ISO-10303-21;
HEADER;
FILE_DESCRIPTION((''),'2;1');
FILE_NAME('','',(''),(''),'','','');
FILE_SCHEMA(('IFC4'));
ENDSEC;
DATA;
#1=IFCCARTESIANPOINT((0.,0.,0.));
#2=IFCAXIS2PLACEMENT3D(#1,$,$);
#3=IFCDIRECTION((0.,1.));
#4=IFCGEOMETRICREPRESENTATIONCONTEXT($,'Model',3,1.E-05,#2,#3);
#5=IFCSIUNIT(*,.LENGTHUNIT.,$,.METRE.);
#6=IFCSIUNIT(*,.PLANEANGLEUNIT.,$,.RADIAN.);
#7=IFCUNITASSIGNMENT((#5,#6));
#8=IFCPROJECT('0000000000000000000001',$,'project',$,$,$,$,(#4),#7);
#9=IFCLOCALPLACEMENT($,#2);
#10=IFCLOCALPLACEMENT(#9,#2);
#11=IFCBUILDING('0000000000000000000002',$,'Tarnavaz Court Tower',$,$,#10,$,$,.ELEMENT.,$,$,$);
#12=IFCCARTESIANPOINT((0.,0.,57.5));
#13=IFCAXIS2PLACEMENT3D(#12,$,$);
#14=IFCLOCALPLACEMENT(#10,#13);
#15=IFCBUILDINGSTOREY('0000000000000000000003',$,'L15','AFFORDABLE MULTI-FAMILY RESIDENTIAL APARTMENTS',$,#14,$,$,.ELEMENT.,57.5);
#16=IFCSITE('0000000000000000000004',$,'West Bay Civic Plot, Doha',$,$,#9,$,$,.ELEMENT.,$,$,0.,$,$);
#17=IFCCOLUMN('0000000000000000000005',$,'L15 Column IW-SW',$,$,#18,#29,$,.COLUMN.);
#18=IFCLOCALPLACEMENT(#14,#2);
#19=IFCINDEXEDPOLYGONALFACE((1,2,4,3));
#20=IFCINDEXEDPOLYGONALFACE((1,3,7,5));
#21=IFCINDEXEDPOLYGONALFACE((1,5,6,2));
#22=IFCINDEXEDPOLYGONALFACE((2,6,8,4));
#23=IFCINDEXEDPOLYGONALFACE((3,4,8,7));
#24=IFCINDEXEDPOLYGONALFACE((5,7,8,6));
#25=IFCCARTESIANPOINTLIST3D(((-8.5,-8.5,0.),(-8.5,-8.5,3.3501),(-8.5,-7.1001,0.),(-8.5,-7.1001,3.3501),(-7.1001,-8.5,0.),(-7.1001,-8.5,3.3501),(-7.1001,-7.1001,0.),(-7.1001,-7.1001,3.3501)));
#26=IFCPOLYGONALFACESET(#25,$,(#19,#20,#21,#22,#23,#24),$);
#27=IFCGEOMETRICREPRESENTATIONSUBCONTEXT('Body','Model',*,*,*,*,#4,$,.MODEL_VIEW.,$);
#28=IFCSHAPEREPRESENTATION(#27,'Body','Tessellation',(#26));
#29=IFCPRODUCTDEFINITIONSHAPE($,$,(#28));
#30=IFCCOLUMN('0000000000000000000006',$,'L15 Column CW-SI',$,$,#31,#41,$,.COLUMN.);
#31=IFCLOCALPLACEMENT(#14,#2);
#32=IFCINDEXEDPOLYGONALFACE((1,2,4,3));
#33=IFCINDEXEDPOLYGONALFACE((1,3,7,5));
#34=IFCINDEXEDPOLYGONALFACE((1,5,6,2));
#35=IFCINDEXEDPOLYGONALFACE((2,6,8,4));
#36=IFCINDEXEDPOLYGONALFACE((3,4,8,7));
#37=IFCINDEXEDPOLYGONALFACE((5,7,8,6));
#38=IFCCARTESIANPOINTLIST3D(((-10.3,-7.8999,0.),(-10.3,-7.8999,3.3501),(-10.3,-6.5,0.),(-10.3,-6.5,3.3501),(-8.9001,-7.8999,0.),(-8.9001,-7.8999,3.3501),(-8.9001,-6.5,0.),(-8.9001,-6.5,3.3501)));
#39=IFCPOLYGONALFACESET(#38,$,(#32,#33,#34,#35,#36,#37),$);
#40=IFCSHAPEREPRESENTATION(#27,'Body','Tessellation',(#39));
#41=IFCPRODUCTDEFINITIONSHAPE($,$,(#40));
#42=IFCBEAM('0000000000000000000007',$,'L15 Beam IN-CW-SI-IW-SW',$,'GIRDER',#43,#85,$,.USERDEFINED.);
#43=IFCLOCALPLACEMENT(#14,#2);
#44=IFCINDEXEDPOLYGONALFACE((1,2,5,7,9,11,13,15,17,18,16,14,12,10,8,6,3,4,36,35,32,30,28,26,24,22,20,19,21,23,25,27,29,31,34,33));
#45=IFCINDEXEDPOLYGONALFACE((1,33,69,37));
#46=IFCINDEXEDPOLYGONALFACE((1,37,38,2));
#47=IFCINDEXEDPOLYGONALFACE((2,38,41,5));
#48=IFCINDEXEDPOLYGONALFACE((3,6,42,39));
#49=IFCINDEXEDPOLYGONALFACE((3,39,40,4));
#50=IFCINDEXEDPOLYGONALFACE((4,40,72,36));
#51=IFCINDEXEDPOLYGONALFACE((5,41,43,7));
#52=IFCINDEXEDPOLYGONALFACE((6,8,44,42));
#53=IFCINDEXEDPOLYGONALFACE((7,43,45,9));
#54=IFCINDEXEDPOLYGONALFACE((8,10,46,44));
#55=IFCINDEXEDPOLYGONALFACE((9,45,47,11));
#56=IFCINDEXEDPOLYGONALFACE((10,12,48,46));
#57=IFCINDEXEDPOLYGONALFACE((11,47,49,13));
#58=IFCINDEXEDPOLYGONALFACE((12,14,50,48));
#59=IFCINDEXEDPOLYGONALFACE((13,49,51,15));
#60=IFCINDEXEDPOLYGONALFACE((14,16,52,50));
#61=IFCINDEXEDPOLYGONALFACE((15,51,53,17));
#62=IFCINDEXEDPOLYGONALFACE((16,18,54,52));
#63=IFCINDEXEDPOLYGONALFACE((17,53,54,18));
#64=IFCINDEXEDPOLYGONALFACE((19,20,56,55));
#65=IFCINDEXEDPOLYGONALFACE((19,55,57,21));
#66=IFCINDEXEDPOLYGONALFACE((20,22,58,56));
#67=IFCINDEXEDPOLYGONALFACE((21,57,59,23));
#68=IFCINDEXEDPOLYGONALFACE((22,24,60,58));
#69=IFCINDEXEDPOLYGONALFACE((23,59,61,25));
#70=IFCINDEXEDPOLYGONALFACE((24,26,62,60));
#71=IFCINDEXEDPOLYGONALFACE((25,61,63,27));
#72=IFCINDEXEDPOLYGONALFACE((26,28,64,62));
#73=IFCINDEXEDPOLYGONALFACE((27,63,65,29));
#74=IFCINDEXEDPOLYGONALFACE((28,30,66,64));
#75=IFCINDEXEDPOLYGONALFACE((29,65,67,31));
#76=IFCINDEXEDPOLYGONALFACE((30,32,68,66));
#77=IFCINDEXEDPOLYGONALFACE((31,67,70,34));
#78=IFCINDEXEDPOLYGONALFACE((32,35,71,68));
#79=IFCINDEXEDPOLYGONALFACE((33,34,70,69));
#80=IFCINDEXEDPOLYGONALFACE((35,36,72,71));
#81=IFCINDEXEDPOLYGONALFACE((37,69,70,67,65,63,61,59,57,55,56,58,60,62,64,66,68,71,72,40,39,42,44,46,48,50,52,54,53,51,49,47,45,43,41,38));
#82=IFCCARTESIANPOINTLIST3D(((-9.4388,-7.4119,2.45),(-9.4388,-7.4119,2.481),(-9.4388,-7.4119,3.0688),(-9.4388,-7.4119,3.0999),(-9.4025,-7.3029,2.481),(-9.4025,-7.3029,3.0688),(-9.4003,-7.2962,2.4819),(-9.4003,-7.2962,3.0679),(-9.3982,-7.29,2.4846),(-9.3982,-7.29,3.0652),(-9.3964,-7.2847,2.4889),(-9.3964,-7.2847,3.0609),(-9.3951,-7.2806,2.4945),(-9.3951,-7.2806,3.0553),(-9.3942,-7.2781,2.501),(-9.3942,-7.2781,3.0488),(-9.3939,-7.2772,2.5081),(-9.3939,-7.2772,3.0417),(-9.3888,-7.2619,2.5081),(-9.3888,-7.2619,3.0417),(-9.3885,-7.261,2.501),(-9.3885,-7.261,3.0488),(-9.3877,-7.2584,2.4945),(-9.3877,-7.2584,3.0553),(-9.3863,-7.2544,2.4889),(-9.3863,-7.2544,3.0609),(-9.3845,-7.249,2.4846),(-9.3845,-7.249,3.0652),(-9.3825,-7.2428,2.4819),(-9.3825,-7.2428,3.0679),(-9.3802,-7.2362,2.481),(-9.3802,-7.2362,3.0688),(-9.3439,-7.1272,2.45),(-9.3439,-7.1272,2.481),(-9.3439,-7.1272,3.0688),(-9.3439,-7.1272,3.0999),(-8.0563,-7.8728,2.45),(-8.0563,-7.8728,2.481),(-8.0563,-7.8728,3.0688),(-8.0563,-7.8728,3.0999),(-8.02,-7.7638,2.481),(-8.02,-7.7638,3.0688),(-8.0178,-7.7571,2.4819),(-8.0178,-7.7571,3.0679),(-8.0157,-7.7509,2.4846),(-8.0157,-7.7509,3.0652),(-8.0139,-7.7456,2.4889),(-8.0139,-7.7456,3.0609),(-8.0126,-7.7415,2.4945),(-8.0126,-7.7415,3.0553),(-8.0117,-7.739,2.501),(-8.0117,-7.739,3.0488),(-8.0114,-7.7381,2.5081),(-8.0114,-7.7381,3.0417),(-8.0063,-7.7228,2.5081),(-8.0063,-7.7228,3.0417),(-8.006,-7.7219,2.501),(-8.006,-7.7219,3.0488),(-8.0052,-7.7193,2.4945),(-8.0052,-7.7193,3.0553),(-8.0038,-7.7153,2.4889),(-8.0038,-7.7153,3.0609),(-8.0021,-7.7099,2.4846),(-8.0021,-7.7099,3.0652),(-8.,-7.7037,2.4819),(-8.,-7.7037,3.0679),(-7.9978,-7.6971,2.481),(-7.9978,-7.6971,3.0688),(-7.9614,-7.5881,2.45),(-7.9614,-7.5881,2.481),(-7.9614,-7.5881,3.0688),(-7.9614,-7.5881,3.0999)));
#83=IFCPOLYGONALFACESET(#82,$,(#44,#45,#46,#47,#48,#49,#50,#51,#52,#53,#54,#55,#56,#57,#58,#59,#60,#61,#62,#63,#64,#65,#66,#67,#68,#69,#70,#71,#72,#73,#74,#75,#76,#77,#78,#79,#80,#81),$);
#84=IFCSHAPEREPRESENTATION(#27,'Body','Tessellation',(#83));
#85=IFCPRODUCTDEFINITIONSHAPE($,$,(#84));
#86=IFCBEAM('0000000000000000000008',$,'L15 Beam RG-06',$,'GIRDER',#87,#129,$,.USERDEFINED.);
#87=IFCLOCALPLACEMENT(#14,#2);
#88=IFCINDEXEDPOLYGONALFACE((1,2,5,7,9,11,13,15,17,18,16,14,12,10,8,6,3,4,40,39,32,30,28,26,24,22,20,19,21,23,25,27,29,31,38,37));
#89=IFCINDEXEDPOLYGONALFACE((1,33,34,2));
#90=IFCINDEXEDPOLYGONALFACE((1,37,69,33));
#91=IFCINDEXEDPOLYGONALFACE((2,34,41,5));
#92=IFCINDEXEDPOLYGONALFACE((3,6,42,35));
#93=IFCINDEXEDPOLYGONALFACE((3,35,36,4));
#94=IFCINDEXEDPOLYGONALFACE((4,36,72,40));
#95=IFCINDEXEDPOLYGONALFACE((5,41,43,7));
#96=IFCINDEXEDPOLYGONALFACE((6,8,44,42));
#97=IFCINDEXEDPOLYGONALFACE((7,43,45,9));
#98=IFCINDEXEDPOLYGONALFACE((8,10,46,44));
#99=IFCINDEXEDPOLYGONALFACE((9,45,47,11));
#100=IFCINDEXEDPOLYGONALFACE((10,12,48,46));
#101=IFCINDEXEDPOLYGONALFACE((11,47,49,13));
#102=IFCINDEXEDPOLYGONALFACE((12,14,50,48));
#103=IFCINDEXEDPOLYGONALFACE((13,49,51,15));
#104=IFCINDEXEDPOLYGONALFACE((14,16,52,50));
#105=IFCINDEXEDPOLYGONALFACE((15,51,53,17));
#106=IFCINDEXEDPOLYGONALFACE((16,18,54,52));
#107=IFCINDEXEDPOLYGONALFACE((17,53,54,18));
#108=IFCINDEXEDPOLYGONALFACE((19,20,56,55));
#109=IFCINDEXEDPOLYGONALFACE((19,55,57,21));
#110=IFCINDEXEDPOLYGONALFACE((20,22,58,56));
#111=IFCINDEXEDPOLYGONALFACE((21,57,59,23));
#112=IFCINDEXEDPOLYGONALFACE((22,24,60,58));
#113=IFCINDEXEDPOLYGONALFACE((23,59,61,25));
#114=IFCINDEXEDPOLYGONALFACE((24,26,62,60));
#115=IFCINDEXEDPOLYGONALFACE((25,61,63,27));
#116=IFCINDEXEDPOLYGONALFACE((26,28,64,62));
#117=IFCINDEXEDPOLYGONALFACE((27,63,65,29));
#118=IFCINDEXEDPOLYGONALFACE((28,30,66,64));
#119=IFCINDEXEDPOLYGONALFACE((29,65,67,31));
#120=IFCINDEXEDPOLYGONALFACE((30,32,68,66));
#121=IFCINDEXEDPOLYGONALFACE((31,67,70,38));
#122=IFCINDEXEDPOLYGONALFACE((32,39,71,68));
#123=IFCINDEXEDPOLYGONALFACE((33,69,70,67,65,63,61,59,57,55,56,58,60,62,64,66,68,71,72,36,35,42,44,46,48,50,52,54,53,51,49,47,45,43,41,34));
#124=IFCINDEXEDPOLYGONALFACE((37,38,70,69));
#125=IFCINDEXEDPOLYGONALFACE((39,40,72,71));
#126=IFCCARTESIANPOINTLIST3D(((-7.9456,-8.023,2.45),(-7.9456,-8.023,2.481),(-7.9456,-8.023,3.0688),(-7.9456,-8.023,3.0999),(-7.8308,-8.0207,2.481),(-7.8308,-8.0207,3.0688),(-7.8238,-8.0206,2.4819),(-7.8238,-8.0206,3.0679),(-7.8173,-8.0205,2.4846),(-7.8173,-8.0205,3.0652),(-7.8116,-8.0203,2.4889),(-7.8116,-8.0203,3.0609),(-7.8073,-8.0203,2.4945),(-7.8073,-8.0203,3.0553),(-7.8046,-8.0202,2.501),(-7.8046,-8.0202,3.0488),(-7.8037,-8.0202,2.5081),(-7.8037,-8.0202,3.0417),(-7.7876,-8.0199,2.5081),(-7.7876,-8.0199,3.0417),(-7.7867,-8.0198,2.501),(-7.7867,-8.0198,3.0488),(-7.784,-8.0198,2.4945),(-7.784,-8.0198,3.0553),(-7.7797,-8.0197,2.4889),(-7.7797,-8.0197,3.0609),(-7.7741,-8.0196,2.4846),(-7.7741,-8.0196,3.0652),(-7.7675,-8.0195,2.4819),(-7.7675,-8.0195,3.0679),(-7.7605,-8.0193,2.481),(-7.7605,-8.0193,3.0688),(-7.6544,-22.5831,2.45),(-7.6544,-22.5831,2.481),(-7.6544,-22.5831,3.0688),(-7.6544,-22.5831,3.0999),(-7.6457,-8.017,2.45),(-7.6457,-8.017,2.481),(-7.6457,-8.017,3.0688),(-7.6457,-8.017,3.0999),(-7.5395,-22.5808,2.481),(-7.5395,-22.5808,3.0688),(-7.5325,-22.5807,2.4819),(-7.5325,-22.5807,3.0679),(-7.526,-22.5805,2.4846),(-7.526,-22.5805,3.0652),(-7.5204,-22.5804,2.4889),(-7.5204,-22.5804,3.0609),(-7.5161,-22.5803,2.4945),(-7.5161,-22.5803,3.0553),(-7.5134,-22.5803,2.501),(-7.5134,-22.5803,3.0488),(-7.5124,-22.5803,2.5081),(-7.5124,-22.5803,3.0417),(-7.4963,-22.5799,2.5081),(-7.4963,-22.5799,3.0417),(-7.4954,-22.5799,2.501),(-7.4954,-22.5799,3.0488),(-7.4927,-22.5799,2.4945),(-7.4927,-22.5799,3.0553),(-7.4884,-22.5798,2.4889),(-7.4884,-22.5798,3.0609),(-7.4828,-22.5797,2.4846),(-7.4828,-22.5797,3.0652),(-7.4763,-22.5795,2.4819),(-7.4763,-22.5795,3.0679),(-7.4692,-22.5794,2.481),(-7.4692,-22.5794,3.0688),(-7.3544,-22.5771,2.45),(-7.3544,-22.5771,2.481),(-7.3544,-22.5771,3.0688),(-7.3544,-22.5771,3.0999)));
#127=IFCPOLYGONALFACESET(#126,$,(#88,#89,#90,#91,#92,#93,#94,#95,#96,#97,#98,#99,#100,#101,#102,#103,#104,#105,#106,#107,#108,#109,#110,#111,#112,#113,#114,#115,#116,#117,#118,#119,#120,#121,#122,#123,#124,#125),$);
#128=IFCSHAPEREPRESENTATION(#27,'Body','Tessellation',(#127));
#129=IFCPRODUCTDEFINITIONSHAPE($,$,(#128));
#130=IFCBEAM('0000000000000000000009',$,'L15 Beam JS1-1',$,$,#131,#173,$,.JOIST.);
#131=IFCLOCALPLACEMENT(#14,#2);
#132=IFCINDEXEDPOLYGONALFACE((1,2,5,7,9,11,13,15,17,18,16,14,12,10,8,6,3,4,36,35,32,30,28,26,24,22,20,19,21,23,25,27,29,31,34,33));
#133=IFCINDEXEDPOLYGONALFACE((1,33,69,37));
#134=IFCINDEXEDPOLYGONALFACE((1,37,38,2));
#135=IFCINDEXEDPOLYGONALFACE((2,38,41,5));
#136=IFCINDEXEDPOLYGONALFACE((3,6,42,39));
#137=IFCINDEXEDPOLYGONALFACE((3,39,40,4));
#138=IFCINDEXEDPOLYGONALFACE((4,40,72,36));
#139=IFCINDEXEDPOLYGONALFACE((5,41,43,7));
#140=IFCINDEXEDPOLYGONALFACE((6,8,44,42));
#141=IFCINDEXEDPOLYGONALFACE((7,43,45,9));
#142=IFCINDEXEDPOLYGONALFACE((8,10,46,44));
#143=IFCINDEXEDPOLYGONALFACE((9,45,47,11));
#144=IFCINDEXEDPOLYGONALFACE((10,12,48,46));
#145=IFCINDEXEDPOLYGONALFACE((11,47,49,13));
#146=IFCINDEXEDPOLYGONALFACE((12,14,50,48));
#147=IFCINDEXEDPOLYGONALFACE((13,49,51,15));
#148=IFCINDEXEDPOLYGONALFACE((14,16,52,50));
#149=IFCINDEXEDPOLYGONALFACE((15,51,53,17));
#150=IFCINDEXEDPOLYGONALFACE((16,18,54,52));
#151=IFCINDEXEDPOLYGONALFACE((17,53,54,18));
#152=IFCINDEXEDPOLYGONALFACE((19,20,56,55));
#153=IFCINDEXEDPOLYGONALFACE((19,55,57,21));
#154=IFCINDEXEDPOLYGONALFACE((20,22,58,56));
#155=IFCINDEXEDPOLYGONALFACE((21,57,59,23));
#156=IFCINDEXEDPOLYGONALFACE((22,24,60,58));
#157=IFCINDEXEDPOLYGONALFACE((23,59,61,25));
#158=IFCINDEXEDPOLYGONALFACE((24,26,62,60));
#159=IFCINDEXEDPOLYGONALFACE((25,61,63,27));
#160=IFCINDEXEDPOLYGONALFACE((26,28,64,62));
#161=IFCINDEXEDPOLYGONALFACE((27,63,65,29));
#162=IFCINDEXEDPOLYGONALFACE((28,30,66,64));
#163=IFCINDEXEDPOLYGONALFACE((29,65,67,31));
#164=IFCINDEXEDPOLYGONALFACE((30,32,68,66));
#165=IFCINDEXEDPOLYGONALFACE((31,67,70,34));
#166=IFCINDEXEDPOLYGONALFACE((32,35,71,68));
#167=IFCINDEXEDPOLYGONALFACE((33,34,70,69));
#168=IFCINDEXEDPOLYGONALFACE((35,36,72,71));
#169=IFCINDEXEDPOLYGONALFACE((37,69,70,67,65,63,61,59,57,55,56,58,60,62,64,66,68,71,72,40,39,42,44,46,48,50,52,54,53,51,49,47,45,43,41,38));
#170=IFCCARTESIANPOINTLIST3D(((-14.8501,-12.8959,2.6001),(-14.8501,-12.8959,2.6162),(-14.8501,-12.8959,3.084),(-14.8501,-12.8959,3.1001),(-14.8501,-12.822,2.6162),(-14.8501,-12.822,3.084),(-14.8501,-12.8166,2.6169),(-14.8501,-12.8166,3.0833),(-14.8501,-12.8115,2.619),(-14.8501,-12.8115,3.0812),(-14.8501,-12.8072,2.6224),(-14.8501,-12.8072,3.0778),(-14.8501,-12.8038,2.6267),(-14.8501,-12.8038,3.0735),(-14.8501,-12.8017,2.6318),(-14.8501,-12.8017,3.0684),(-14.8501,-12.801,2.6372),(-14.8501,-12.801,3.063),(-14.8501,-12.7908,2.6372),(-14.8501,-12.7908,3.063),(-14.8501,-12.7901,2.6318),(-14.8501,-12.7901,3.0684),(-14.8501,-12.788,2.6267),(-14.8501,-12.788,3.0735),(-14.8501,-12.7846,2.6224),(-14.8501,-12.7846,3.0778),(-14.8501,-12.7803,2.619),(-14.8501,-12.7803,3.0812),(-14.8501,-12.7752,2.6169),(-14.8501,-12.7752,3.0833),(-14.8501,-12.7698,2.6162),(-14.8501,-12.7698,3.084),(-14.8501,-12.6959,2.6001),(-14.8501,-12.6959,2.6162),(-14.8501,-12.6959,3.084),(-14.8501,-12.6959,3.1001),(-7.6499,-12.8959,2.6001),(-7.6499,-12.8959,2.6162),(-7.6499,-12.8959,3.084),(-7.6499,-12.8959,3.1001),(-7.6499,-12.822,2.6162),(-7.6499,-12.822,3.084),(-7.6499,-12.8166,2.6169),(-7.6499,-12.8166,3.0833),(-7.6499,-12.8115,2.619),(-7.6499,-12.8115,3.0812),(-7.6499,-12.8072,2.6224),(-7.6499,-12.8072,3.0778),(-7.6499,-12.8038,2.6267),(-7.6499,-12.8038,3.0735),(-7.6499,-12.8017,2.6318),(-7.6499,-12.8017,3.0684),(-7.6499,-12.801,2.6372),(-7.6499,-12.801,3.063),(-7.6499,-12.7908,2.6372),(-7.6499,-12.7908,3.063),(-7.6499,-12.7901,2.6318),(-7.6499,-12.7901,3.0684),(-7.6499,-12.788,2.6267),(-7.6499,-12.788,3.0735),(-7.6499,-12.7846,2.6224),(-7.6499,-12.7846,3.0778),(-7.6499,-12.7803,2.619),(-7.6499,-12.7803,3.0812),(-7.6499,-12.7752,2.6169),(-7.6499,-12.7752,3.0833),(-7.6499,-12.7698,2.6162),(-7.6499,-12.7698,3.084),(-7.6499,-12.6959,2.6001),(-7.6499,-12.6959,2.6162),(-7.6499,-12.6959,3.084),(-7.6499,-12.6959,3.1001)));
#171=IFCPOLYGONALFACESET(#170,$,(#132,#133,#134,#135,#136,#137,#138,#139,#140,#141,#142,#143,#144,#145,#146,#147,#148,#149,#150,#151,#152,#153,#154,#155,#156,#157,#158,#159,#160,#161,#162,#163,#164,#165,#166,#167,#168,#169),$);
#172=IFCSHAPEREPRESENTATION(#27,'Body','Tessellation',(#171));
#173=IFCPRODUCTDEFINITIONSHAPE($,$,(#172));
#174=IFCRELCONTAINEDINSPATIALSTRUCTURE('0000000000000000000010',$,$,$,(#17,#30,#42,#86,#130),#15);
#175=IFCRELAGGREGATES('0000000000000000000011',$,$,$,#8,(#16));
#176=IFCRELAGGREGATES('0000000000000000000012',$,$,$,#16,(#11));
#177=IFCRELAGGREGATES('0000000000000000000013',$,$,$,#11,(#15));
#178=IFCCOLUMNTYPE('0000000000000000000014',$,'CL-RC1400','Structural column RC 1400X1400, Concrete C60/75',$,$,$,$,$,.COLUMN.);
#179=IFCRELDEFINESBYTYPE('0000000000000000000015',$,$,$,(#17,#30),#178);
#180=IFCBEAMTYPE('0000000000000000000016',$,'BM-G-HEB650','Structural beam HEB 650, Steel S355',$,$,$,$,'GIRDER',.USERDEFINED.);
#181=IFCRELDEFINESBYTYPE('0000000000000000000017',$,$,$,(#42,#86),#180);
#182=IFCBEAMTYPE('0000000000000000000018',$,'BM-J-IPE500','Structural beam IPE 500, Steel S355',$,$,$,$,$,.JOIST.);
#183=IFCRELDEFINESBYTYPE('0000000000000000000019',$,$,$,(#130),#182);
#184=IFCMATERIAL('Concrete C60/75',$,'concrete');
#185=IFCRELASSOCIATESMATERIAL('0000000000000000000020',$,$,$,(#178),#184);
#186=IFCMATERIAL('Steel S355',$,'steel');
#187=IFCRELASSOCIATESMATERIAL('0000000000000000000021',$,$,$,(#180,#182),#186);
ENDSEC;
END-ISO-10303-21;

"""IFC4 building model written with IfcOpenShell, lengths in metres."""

from ifc_helpers import new_model, si_unit, direction, frame, origin, origin_2d, place, context, subcontext, project, spatial, rectangle, i_section, extrude, material, material_profile, profile_set, type_object, element, save


model = new_model("IFC4")

# Units and contexts
model_context = context("Model", 3, precision=1e-05, world=origin(), true_north=direction((0.0, 1.0)))
body_context = subcontext(model_context, "Body", "Model", "MODEL_VIEW")
ifc_project = project(units=[si_unit("LENGTHUNIT", "METRE"), si_unit("PLANEANGLEUNIT", "RADIAN")], contexts=[model_context])

# Site, building, storey
site_placement = place(None, origin())
site = spatial("IfcSite", under=ifc_project, at=site_placement, Name="West Bay Civic Plot, Doha", CompositionType="ELEMENT", RefElevation=0.0)
building_placement = place(site_placement, origin())
building = spatial("IfcBuilding", under=site, at=building_placement, Name="Tarnavaz Court Tower", CompositionType="ELEMENT")
storey_placement = place(building_placement, frame((0.0, 0.0, 57.5)))
storey = spatial("IfcBuildingStorey", under=building, at=storey_placement, Name="L15", Description="AFFORDABLE MULTI-FAMILY RESIDENTIAL APARTMENTS", CompositionType="ELEMENT", Elevation=57.5)

# Columns
ifc_material_1 = material(Name="Concrete C60/75", Category="concrete")
ifc_material_profile_1 = material_profile(ifc_material_1, rectangle(XDim=1.3999, YDim=1.3999, at=origin_2d()), Name="RC 1400X1400")
ifc_profile_set_1 = profile_set([ifc_material_profile_1], Name="Concrete C60/75")
column_type = type_object("IfcColumnType", Name="CL-RC1400", Description="Structural column RC 1400X1400, Concrete C60/75", PredefinedType="COLUMN", material=ifc_profile_set_1)
for number, where, z_axis, x_axis, name in (
    (1, (-7.8, -7.8, 0.0), (0.0, 0.0, 1.0), (1.0, 0.0, 0.0), "L15 Column IW-SW"),
    (2, (-9.6001, -7.2, 0.0), (0.0, 0.0, 1.0), (1.0, 0.0, 0.0), "L15 Column CW-SI"),
):
    element("IfcColumn", number, at=place(storey_placement, frame(where, z_axis=z_axis, x_axis=x_axis)), inside=storey, type_object=column_type, Name=name, PredefinedType="COLUMN", context=body_context, shape_type="SweptSolid", body=[
        extrude(rectangle(XDim=1.3999, YDim=1.3999, at=origin_2d()), origin(), (0.0, 0.0, 1.0), 3.3501),
    ])

# Beams
ifc_material_2 = material(Name="Steel S355", Category="steel")
ifc_material_profile_2 = material_profile(ifc_material_2, i_section(OverallWidth=0.3, OverallDepth=0.6499, WebThickness=0.0161, FlangeThickness=0.031, FilletRadius=0.0271, at=origin_2d()), Name="HEB 650")
ifc_profile_set_2 = profile_set([ifc_material_profile_2], Name="Steel S355")
beam_type_1 = type_object("IfcBeamType", Name="BM-G-HEB650", Description="Structural beam HEB 650, Steel S355", ElementType="GIRDER", PredefinedType="USERDEFINED", material=ifc_profile_set_2)
beam_1_placement = place(storey_placement, frame((-9.3914, -7.2695, 2.7749), z_axis=(0.948667, -0.316278, 0.0), x_axis=(0.316278, 0.948667, 0.0)))
element("IfcBeam", 3, at=beam_1_placement, inside=storey, type_object=beam_type_1, Name="L15 Beam IN-CW-SI-IW-SW", ObjectType="GIRDER", PredefinedType="USERDEFINED", context=body_context, shape_type="SweptSolid", body=[
    extrude(i_section(OverallWidth=0.3, OverallDepth=0.6499, WebThickness=0.0161, FlangeThickness=0.031, FilletRadius=0.0271, at=origin_2d()), origin(), (0.0, 0.0, 1.0), 1.4573),
])
beam_2_placement = place(storey_placement, frame((-7.7957, -8.02, 2.7749), z_axis=(0.02, -0.9998, 0.0), x_axis=(0.9998, 0.02, 0.0)))
element("IfcBeam", 4, at=beam_2_placement, inside=storey, type_object=beam_type_1, Name="L15 Beam RG-06", ObjectType="GIRDER", PredefinedType="USERDEFINED", context=body_context, shape_type="SweptSolid", body=[
    extrude(i_section(OverallWidth=0.3, OverallDepth=0.6499, WebThickness=0.0161, FlangeThickness=0.031, FilletRadius=0.0271, at=origin_2d()), origin(), (0.0, 0.0, 1.0), 14.563),
])
ifc_material_profile_3 = material_profile(ifc_material_2, i_section(OverallWidth=0.2, OverallDepth=0.5, WebThickness=0.0103, FlangeThickness=0.0161, FilletRadius=0.021, at=origin_2d()), Name="IPE 500")
ifc_profile_set_3 = profile_set([ifc_material_profile_3], Name="Steel S355")
beam_type_2 = type_object("IfcBeamType", Name="BM-J-IPE500", Description="Structural beam IPE 500, Steel S355", PredefinedType="JOIST", material=ifc_profile_set_3)
beam_3_placement = place(storey_placement, frame((-14.8501, -12.7959, 2.8501), z_axis=(1.0, 0.0, 0.0), x_axis=(0.0, 1.0, 0.0)))
element("IfcBeam", 5, at=beam_3_placement, inside=storey, type_object=beam_type_2, Name="L15 Beam JS1-1", PredefinedType="JOIST", context=body_context, shape_type="SweptSolid", body=[
    extrude(i_section(OverallWidth=0.2, OverallDepth=0.5, WebThickness=0.0103, FlangeThickness=0.0161, FilletRadius=0.021, at=origin_2d()), origin(), (0.0, 0.0, 1.0), 7.2002),
])

save(model, "model.ifc")
